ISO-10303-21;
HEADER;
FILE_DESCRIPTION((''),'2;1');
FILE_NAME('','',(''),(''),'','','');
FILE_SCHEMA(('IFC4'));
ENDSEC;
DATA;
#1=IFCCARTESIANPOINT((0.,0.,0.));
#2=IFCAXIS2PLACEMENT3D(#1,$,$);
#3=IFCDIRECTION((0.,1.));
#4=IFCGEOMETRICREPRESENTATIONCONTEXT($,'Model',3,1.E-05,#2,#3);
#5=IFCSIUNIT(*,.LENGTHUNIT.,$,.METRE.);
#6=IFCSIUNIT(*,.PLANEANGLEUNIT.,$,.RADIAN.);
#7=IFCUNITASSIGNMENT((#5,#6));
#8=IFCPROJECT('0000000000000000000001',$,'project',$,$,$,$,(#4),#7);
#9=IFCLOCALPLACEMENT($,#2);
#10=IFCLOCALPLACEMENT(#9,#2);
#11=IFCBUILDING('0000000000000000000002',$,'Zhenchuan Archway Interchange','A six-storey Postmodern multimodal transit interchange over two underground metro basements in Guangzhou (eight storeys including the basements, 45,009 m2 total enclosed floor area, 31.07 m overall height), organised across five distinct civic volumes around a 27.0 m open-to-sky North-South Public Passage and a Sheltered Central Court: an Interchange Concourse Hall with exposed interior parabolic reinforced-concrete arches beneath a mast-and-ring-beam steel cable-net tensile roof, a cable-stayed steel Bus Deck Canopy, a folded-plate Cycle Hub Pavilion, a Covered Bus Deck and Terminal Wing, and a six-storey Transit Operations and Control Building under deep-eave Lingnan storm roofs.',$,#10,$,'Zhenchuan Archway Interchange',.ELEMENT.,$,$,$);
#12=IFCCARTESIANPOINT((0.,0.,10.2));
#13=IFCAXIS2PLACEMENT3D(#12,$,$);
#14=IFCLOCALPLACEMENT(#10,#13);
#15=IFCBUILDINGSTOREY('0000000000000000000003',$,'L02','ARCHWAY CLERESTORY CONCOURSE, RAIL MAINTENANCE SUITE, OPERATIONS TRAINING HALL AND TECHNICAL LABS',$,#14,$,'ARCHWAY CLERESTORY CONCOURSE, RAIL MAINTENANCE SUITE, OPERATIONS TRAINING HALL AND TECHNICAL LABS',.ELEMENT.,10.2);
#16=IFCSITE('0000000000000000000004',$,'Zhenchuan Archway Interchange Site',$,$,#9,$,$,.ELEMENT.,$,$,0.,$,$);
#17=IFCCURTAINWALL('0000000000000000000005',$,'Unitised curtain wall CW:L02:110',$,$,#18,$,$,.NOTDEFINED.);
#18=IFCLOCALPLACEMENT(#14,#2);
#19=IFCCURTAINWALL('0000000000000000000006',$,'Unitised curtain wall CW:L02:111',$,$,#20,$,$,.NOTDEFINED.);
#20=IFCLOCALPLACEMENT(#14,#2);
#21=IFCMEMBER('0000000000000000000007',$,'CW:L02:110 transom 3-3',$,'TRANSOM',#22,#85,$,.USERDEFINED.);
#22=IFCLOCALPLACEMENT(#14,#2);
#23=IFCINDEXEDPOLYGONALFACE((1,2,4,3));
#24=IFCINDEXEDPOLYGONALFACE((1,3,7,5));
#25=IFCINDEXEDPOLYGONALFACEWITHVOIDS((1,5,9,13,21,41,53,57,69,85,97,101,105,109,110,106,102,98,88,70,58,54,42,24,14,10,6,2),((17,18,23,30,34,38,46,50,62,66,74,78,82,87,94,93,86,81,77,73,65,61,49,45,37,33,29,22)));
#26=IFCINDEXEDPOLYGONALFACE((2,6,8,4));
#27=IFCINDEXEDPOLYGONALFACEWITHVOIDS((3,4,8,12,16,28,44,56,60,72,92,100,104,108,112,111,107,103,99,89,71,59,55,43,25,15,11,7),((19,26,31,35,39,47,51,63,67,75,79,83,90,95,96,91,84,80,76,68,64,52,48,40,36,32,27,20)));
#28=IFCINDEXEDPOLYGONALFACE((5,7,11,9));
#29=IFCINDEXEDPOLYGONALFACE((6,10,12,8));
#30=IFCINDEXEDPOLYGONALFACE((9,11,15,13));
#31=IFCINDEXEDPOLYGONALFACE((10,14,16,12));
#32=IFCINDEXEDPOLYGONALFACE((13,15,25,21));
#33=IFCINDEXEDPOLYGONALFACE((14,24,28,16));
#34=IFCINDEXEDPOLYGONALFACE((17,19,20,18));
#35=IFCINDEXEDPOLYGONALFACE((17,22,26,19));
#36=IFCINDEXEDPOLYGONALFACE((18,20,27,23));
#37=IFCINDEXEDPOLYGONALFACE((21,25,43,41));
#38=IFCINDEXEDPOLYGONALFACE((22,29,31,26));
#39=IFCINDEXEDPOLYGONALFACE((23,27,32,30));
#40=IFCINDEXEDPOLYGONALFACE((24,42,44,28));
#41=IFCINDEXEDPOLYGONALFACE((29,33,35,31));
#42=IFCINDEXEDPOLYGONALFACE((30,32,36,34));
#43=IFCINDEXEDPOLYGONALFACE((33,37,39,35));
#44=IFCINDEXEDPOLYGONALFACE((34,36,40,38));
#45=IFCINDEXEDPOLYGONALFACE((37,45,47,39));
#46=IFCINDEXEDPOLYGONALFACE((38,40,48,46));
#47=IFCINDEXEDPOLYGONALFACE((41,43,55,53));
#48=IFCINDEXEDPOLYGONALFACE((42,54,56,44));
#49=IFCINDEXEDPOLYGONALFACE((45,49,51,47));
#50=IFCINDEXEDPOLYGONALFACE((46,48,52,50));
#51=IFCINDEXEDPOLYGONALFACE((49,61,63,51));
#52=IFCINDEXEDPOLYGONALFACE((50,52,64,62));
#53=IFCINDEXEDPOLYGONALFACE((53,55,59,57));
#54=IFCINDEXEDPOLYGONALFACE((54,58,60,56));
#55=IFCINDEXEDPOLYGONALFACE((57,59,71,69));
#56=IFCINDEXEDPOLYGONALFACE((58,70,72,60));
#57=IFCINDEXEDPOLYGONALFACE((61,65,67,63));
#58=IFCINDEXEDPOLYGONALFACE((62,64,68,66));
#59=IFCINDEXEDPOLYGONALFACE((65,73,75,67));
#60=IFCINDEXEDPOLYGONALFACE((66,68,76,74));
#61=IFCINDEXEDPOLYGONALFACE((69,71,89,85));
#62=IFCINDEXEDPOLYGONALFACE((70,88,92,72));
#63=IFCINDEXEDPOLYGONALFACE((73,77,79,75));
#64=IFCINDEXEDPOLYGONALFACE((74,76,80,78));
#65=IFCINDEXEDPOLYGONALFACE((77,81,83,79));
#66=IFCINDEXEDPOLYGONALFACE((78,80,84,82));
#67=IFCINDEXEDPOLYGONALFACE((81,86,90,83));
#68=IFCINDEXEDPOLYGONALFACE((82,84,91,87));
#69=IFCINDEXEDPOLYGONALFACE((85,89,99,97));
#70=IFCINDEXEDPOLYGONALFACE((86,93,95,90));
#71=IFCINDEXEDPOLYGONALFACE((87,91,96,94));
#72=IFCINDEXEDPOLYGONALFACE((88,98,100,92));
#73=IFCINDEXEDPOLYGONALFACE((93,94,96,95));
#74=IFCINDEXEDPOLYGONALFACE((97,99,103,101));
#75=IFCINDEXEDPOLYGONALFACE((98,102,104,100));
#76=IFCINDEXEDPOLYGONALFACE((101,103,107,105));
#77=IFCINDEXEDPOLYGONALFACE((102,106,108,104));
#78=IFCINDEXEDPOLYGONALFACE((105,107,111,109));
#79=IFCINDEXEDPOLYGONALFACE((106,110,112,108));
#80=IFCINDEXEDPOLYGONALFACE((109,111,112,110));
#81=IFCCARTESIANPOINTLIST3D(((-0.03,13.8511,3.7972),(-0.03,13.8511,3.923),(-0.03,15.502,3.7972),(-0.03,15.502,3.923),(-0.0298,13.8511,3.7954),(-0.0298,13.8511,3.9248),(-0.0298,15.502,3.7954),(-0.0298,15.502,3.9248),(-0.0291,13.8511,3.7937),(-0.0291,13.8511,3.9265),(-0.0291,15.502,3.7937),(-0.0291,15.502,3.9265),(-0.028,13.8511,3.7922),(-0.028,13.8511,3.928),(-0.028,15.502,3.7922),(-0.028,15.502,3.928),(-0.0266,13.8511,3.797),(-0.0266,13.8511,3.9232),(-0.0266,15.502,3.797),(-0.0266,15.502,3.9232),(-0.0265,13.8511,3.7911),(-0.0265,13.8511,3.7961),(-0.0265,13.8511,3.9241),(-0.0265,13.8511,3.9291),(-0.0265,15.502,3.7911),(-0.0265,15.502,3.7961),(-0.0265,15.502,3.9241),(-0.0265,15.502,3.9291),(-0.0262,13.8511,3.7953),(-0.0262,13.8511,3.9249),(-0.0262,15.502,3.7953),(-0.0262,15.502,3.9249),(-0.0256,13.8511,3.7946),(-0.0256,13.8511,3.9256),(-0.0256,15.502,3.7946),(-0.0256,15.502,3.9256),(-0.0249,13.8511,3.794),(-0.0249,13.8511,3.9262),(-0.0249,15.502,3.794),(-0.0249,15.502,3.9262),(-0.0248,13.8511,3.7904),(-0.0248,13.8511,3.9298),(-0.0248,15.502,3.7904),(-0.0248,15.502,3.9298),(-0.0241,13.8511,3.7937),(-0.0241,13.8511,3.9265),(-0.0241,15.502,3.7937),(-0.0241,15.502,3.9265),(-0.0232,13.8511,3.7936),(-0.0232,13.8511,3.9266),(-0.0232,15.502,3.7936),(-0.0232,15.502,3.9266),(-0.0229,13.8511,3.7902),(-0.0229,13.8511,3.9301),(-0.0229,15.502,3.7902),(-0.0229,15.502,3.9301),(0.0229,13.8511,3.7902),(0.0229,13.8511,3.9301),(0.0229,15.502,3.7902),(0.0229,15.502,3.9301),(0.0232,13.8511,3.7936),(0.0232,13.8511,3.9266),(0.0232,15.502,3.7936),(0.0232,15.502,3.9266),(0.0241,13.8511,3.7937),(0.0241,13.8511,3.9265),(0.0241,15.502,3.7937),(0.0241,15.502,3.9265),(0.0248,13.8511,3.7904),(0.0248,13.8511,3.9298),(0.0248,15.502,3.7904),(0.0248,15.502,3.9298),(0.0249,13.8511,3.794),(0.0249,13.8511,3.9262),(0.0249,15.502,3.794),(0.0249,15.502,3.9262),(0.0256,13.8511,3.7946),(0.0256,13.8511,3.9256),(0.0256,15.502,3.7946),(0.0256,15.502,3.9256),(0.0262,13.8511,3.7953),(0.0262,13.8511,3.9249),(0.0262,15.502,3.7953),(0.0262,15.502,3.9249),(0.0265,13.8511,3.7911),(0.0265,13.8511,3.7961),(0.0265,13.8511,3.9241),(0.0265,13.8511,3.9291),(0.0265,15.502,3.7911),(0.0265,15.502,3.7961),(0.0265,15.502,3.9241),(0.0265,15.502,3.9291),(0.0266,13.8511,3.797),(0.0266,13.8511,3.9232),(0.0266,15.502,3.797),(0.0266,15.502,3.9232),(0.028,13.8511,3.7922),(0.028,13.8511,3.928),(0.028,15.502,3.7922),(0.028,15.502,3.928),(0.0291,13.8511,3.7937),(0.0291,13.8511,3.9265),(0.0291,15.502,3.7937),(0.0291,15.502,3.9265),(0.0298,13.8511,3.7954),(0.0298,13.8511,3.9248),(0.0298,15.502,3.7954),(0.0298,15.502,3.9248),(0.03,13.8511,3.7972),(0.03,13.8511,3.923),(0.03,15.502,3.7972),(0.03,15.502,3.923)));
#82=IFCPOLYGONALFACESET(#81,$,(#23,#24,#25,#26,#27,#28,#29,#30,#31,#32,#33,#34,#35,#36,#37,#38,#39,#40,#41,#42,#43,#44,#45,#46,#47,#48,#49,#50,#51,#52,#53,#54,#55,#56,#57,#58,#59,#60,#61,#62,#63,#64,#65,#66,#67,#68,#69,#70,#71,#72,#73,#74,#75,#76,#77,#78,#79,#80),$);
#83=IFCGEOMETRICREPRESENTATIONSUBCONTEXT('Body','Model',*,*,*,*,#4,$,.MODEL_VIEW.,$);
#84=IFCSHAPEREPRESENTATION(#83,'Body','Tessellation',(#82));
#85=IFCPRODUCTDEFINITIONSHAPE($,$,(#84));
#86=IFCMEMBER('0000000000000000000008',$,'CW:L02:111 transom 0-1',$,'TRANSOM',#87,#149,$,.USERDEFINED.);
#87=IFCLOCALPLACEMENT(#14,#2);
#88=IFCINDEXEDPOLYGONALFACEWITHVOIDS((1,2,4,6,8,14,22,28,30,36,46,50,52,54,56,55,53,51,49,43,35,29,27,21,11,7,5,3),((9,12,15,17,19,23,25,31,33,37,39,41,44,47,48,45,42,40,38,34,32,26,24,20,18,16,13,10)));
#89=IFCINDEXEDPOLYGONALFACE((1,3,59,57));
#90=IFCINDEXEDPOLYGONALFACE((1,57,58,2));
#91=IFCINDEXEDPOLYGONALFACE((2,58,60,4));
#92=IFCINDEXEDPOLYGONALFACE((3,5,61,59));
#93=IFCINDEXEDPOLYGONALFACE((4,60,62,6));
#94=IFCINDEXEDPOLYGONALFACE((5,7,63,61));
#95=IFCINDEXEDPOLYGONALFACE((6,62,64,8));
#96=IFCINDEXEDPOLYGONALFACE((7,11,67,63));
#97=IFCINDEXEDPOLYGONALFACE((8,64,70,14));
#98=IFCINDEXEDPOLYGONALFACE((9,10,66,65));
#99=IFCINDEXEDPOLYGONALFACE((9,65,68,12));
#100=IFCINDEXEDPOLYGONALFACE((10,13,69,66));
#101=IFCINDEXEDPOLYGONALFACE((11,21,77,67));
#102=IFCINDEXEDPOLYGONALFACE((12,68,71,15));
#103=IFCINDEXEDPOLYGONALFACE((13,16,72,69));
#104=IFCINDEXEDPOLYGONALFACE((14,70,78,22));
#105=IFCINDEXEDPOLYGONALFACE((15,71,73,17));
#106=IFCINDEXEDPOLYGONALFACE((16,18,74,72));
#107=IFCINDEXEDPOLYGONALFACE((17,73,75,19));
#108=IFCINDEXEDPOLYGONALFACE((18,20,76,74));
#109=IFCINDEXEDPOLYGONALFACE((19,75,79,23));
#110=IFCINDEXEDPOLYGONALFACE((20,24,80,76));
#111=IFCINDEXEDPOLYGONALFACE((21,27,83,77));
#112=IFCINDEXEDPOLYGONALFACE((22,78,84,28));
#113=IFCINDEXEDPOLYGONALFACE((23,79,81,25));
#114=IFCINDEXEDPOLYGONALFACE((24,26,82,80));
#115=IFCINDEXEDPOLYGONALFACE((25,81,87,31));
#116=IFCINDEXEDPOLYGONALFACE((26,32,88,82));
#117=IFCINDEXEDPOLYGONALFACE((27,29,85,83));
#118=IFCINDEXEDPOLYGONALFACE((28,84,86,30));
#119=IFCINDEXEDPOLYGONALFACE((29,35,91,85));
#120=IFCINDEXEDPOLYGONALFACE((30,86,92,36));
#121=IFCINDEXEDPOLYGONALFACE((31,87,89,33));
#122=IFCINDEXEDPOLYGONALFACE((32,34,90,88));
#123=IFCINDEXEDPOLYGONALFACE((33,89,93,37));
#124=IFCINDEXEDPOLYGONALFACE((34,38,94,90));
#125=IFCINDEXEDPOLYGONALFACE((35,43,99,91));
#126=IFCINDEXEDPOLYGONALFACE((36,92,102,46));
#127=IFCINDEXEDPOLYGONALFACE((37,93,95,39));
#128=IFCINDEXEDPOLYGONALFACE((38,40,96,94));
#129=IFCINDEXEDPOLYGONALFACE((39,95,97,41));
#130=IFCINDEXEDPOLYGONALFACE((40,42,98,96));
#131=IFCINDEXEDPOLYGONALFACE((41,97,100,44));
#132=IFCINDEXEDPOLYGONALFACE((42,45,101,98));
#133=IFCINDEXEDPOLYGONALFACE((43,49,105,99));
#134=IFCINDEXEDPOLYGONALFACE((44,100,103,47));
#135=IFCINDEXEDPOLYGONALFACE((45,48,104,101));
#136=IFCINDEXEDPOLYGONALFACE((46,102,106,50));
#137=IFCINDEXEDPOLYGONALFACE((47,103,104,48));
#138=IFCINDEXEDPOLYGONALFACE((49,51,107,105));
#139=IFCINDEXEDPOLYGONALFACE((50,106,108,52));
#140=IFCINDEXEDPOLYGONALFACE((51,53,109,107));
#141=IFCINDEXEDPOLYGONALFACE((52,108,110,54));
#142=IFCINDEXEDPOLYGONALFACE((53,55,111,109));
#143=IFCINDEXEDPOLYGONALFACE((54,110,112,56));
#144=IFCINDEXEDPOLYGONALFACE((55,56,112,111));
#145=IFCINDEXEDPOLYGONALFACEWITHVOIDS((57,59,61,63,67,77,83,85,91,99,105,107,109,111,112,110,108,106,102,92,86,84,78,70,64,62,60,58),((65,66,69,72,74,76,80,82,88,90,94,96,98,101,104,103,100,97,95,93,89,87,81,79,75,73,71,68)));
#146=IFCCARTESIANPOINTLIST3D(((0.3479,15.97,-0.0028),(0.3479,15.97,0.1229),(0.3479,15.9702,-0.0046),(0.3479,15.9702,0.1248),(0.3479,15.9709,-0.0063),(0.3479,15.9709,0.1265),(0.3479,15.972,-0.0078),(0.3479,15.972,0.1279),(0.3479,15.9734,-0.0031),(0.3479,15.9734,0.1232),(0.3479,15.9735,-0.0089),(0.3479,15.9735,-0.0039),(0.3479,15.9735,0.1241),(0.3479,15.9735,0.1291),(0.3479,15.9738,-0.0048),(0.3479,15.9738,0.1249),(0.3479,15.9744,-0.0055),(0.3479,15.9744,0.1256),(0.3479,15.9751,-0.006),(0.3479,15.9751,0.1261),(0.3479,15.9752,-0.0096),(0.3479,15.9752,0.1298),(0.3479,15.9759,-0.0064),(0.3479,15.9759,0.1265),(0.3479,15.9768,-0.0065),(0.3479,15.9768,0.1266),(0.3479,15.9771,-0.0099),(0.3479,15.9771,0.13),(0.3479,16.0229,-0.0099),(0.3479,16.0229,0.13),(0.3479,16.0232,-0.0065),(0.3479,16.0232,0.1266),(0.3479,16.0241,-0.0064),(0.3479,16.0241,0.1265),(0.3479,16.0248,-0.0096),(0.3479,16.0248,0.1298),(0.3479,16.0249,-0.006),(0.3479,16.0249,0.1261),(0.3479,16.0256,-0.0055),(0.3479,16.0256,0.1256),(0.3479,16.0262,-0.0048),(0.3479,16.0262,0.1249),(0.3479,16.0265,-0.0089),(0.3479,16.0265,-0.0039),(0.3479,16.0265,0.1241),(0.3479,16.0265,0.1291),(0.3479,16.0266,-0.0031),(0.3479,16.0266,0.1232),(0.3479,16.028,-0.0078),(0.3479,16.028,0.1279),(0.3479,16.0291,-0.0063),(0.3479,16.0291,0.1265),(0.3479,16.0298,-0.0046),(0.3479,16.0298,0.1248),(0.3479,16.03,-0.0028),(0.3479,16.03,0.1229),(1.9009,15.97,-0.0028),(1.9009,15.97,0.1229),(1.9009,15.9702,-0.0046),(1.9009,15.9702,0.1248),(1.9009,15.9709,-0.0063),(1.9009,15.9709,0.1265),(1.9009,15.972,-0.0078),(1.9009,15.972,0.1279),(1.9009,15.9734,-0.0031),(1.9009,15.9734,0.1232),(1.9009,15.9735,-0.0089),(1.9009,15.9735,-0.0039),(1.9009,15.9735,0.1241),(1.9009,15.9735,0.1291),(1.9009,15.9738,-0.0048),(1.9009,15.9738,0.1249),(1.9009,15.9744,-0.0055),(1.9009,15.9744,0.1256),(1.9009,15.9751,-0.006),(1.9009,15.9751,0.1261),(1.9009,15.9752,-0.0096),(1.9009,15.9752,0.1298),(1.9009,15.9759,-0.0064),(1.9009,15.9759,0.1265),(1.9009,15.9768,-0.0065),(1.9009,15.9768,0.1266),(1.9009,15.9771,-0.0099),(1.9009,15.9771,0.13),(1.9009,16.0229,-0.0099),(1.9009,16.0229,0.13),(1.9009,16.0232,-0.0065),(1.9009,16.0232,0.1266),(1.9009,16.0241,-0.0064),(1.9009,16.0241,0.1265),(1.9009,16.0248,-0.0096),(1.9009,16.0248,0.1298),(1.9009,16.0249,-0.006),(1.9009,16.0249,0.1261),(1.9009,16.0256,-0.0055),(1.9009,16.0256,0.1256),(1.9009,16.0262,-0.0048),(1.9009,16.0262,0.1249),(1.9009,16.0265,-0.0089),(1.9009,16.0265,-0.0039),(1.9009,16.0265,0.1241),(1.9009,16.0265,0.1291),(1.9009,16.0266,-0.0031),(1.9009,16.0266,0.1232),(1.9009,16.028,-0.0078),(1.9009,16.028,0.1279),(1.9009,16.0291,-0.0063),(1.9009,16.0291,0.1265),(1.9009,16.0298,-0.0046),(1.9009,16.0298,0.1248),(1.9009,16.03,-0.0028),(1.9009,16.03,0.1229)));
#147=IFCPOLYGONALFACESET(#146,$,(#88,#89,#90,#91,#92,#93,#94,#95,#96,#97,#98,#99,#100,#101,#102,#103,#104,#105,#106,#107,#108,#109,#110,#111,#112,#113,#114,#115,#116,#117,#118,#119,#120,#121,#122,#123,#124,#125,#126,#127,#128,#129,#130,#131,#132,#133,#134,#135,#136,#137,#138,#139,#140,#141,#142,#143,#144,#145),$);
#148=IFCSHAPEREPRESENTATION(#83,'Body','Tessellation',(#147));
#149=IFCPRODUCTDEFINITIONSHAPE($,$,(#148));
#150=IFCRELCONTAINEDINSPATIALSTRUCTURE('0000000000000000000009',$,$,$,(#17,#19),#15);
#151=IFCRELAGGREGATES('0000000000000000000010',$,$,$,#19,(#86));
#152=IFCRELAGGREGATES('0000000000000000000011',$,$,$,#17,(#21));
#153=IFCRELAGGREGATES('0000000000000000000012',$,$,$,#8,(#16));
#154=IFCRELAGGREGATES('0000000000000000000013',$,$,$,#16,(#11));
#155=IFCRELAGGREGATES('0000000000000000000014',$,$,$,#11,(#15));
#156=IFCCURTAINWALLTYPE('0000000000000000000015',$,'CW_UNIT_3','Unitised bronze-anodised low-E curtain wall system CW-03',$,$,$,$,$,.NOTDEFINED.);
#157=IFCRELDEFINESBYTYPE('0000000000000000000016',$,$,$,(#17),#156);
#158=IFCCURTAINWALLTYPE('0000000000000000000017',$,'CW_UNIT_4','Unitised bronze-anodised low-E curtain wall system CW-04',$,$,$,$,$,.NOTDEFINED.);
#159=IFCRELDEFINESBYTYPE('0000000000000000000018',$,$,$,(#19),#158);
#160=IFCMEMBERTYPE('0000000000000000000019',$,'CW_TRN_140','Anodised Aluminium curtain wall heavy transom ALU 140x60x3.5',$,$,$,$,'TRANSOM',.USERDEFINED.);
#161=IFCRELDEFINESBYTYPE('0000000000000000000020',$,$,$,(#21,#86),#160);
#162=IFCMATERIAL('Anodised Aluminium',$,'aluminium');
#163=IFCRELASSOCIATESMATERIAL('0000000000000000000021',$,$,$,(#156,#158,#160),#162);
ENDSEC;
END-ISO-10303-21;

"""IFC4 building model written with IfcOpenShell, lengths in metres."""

from ifc_helpers import new_model, si_unit, direction, frame, origin, origin_2d, place, context, subcontext, project, spatial, hollow_rectangle, extrude, material, material_profile, profile_set, type_object, element, aggregate, save


model = new_model("IFC4")

# Units and contexts
model_context = context("Model", 3, precision=1e-05, world=origin(), true_north=direction((0.0, 1.0)))
body_context = subcontext(model_context, "Body", "Model", "MODEL_VIEW")
ifc_project = project(units=[si_unit("LENGTHUNIT", "METRE"), si_unit("PLANEANGLEUNIT", "RADIAN")], contexts=[model_context])

# Site, building, storey
site_placement = place(None, origin())
site = spatial("IfcSite", under=ifc_project, at=site_placement, Name="Zhenchuan Archway Interchange Site", CompositionType="ELEMENT", RefElevation=0.0)
building_placement = place(site_placement, origin())
building = spatial("IfcBuilding", under=site, at=building_placement, Name="Zhenchuan Archway Interchange", Description="A six-storey Postmodern multimodal transit interchange over two underground metro basements in Guangzhou (eight storeys including the basements, 45,009 m2 total enclosed floor area, 31.07 m overall height), organised across five distinct civic volumes around a 27.0 m open-to-sky North-South Public Passage and a Sheltered Central Court: an Interchange Concourse Hall with exposed interior parabolic reinforced-concrete arches beneath a mast-and-ring-beam steel cable-net tensile roof, a cable-stayed steel Bus Deck Canopy, a folded-plate Cycle Hub Pavilion, a Covered Bus Deck and Terminal Wing, and a six-storey Transit Operations and Control Building under deep-eave Lingnan storm roofs.", LongName="Zhenchuan Archway Interchange", CompositionType="ELEMENT")
storey_placement = place(building_placement, frame((0.0, 0.0, 10.2)))
storey = spatial("IfcBuildingStorey", under=building, at=storey_placement, Name="L02", Description="ARCHWAY CLERESTORY CONCOURSE, RAIL MAINTENANCE SUITE, OPERATIONS TRAINING HALL AND TECHNICAL LABS", LongName="ARCHWAY CLERESTORY CONCOURSE, RAIL MAINTENANCE SUITE, OPERATIONS TRAINING HALL AND TECHNICAL LABS", CompositionType="ELEMENT", Elevation=10.2)

# Curtain walls
ifc_material_1 = material(Name="Anodised Aluminium", Category="aluminium")
curtain_wall_type_1 = type_object("IfcCurtainWallType", Name="CW_UNIT_3", Description="Unitised bronze-anodised low-E curtain wall system CW-03", PredefinedType="NOTDEFINED", material=ifc_material_1)
curtain_wall_1_placement = place(storey_placement, origin())
curtain_wall_1 = element("IfcCurtainWall", 1, at=curtain_wall_1_placement, inside=storey, type_object=curtain_wall_type_1, Name="Unitised curtain wall CW:L02:110", PredefinedType="NOTDEFINED")
curtain_wall_type_2 = type_object("IfcCurtainWallType", Name="CW_UNIT_4", Description="Unitised bronze-anodised low-E curtain wall system CW-04", PredefinedType="NOTDEFINED", material=ifc_material_1)
curtain_wall_2_placement = place(storey_placement, origin())
curtain_wall_2 = element("IfcCurtainWall", 2, at=curtain_wall_2_placement, inside=storey, type_object=curtain_wall_type_2, Name="Unitised curtain wall CW:L02:111", PredefinedType="NOTDEFINED")

# Members
ifc_material_profile_1 = material_profile(ifc_material_1, hollow_rectangle(XDim=0.0601, YDim=0.1399, WallThickness=0.0034, InnerFilletRadius=0.0034, OuterFilletRadius=0.0071, at=origin_2d()), Name="ALU 140x60x3.5")
ifc_profile_set_1 = profile_set([ifc_material_profile_1], Name="Anodised Aluminium")
member_type_1 = type_object("IfcMemberType", Name="CW_TRN_140", Description="Anodised Aluminium curtain wall heavy transom ALU 140x60x3.5", ElementType="TRANSOM", PredefinedType="USERDEFINED", material=ifc_profile_set_1)
member_1_placement = place(storey_placement, frame((0.0, 13.8511, 3.8601), z_axis=(0.0, 1.0, 0.0), x_axis=(-1.0, 0.0, 0.0)))
member_1 = element("IfcMember", 3, at=member_1_placement, type_object=member_type_1, Name="CW:L02:110 transom 3-3", ObjectType="TRANSOM", PredefinedType="USERDEFINED", context=body_context, shape_type="SweptSolid", body=[
    extrude(hollow_rectangle(XDim=0.0601, YDim=0.1399, WallThickness=0.0034, InnerFilletRadius=0.0034, OuterFilletRadius=0.0071, at=origin_2d()), origin(), (0.0, 0.0, 1.0), 1.6509),
])
member_2_placement = place(storey_placement, frame((0.3479, 16.0, 0.0601), z_axis=(1.0, 0.0, 0.0), x_axis=(0.0, 1.0, 0.0)))
member_2 = element("IfcMember", 4, at=member_2_placement, type_object=member_type_1, Name="CW:L02:111 transom 0-1", ObjectType="TRANSOM", PredefinedType="USERDEFINED", context=body_context, shape_type="SweptSolid", body=[
    extrude(hollow_rectangle(XDim=0.0601, YDim=0.1399, WallThickness=0.0034, InnerFilletRadius=0.0034, OuterFilletRadius=0.0071, at=origin_2d()), origin(), (0.0, 0.0, 1.0), 1.553),
])

aggregate(curtain_wall_2, [member_2])
aggregate(curtain_wall_1, [member_1])

save(model, "model.ifc")
